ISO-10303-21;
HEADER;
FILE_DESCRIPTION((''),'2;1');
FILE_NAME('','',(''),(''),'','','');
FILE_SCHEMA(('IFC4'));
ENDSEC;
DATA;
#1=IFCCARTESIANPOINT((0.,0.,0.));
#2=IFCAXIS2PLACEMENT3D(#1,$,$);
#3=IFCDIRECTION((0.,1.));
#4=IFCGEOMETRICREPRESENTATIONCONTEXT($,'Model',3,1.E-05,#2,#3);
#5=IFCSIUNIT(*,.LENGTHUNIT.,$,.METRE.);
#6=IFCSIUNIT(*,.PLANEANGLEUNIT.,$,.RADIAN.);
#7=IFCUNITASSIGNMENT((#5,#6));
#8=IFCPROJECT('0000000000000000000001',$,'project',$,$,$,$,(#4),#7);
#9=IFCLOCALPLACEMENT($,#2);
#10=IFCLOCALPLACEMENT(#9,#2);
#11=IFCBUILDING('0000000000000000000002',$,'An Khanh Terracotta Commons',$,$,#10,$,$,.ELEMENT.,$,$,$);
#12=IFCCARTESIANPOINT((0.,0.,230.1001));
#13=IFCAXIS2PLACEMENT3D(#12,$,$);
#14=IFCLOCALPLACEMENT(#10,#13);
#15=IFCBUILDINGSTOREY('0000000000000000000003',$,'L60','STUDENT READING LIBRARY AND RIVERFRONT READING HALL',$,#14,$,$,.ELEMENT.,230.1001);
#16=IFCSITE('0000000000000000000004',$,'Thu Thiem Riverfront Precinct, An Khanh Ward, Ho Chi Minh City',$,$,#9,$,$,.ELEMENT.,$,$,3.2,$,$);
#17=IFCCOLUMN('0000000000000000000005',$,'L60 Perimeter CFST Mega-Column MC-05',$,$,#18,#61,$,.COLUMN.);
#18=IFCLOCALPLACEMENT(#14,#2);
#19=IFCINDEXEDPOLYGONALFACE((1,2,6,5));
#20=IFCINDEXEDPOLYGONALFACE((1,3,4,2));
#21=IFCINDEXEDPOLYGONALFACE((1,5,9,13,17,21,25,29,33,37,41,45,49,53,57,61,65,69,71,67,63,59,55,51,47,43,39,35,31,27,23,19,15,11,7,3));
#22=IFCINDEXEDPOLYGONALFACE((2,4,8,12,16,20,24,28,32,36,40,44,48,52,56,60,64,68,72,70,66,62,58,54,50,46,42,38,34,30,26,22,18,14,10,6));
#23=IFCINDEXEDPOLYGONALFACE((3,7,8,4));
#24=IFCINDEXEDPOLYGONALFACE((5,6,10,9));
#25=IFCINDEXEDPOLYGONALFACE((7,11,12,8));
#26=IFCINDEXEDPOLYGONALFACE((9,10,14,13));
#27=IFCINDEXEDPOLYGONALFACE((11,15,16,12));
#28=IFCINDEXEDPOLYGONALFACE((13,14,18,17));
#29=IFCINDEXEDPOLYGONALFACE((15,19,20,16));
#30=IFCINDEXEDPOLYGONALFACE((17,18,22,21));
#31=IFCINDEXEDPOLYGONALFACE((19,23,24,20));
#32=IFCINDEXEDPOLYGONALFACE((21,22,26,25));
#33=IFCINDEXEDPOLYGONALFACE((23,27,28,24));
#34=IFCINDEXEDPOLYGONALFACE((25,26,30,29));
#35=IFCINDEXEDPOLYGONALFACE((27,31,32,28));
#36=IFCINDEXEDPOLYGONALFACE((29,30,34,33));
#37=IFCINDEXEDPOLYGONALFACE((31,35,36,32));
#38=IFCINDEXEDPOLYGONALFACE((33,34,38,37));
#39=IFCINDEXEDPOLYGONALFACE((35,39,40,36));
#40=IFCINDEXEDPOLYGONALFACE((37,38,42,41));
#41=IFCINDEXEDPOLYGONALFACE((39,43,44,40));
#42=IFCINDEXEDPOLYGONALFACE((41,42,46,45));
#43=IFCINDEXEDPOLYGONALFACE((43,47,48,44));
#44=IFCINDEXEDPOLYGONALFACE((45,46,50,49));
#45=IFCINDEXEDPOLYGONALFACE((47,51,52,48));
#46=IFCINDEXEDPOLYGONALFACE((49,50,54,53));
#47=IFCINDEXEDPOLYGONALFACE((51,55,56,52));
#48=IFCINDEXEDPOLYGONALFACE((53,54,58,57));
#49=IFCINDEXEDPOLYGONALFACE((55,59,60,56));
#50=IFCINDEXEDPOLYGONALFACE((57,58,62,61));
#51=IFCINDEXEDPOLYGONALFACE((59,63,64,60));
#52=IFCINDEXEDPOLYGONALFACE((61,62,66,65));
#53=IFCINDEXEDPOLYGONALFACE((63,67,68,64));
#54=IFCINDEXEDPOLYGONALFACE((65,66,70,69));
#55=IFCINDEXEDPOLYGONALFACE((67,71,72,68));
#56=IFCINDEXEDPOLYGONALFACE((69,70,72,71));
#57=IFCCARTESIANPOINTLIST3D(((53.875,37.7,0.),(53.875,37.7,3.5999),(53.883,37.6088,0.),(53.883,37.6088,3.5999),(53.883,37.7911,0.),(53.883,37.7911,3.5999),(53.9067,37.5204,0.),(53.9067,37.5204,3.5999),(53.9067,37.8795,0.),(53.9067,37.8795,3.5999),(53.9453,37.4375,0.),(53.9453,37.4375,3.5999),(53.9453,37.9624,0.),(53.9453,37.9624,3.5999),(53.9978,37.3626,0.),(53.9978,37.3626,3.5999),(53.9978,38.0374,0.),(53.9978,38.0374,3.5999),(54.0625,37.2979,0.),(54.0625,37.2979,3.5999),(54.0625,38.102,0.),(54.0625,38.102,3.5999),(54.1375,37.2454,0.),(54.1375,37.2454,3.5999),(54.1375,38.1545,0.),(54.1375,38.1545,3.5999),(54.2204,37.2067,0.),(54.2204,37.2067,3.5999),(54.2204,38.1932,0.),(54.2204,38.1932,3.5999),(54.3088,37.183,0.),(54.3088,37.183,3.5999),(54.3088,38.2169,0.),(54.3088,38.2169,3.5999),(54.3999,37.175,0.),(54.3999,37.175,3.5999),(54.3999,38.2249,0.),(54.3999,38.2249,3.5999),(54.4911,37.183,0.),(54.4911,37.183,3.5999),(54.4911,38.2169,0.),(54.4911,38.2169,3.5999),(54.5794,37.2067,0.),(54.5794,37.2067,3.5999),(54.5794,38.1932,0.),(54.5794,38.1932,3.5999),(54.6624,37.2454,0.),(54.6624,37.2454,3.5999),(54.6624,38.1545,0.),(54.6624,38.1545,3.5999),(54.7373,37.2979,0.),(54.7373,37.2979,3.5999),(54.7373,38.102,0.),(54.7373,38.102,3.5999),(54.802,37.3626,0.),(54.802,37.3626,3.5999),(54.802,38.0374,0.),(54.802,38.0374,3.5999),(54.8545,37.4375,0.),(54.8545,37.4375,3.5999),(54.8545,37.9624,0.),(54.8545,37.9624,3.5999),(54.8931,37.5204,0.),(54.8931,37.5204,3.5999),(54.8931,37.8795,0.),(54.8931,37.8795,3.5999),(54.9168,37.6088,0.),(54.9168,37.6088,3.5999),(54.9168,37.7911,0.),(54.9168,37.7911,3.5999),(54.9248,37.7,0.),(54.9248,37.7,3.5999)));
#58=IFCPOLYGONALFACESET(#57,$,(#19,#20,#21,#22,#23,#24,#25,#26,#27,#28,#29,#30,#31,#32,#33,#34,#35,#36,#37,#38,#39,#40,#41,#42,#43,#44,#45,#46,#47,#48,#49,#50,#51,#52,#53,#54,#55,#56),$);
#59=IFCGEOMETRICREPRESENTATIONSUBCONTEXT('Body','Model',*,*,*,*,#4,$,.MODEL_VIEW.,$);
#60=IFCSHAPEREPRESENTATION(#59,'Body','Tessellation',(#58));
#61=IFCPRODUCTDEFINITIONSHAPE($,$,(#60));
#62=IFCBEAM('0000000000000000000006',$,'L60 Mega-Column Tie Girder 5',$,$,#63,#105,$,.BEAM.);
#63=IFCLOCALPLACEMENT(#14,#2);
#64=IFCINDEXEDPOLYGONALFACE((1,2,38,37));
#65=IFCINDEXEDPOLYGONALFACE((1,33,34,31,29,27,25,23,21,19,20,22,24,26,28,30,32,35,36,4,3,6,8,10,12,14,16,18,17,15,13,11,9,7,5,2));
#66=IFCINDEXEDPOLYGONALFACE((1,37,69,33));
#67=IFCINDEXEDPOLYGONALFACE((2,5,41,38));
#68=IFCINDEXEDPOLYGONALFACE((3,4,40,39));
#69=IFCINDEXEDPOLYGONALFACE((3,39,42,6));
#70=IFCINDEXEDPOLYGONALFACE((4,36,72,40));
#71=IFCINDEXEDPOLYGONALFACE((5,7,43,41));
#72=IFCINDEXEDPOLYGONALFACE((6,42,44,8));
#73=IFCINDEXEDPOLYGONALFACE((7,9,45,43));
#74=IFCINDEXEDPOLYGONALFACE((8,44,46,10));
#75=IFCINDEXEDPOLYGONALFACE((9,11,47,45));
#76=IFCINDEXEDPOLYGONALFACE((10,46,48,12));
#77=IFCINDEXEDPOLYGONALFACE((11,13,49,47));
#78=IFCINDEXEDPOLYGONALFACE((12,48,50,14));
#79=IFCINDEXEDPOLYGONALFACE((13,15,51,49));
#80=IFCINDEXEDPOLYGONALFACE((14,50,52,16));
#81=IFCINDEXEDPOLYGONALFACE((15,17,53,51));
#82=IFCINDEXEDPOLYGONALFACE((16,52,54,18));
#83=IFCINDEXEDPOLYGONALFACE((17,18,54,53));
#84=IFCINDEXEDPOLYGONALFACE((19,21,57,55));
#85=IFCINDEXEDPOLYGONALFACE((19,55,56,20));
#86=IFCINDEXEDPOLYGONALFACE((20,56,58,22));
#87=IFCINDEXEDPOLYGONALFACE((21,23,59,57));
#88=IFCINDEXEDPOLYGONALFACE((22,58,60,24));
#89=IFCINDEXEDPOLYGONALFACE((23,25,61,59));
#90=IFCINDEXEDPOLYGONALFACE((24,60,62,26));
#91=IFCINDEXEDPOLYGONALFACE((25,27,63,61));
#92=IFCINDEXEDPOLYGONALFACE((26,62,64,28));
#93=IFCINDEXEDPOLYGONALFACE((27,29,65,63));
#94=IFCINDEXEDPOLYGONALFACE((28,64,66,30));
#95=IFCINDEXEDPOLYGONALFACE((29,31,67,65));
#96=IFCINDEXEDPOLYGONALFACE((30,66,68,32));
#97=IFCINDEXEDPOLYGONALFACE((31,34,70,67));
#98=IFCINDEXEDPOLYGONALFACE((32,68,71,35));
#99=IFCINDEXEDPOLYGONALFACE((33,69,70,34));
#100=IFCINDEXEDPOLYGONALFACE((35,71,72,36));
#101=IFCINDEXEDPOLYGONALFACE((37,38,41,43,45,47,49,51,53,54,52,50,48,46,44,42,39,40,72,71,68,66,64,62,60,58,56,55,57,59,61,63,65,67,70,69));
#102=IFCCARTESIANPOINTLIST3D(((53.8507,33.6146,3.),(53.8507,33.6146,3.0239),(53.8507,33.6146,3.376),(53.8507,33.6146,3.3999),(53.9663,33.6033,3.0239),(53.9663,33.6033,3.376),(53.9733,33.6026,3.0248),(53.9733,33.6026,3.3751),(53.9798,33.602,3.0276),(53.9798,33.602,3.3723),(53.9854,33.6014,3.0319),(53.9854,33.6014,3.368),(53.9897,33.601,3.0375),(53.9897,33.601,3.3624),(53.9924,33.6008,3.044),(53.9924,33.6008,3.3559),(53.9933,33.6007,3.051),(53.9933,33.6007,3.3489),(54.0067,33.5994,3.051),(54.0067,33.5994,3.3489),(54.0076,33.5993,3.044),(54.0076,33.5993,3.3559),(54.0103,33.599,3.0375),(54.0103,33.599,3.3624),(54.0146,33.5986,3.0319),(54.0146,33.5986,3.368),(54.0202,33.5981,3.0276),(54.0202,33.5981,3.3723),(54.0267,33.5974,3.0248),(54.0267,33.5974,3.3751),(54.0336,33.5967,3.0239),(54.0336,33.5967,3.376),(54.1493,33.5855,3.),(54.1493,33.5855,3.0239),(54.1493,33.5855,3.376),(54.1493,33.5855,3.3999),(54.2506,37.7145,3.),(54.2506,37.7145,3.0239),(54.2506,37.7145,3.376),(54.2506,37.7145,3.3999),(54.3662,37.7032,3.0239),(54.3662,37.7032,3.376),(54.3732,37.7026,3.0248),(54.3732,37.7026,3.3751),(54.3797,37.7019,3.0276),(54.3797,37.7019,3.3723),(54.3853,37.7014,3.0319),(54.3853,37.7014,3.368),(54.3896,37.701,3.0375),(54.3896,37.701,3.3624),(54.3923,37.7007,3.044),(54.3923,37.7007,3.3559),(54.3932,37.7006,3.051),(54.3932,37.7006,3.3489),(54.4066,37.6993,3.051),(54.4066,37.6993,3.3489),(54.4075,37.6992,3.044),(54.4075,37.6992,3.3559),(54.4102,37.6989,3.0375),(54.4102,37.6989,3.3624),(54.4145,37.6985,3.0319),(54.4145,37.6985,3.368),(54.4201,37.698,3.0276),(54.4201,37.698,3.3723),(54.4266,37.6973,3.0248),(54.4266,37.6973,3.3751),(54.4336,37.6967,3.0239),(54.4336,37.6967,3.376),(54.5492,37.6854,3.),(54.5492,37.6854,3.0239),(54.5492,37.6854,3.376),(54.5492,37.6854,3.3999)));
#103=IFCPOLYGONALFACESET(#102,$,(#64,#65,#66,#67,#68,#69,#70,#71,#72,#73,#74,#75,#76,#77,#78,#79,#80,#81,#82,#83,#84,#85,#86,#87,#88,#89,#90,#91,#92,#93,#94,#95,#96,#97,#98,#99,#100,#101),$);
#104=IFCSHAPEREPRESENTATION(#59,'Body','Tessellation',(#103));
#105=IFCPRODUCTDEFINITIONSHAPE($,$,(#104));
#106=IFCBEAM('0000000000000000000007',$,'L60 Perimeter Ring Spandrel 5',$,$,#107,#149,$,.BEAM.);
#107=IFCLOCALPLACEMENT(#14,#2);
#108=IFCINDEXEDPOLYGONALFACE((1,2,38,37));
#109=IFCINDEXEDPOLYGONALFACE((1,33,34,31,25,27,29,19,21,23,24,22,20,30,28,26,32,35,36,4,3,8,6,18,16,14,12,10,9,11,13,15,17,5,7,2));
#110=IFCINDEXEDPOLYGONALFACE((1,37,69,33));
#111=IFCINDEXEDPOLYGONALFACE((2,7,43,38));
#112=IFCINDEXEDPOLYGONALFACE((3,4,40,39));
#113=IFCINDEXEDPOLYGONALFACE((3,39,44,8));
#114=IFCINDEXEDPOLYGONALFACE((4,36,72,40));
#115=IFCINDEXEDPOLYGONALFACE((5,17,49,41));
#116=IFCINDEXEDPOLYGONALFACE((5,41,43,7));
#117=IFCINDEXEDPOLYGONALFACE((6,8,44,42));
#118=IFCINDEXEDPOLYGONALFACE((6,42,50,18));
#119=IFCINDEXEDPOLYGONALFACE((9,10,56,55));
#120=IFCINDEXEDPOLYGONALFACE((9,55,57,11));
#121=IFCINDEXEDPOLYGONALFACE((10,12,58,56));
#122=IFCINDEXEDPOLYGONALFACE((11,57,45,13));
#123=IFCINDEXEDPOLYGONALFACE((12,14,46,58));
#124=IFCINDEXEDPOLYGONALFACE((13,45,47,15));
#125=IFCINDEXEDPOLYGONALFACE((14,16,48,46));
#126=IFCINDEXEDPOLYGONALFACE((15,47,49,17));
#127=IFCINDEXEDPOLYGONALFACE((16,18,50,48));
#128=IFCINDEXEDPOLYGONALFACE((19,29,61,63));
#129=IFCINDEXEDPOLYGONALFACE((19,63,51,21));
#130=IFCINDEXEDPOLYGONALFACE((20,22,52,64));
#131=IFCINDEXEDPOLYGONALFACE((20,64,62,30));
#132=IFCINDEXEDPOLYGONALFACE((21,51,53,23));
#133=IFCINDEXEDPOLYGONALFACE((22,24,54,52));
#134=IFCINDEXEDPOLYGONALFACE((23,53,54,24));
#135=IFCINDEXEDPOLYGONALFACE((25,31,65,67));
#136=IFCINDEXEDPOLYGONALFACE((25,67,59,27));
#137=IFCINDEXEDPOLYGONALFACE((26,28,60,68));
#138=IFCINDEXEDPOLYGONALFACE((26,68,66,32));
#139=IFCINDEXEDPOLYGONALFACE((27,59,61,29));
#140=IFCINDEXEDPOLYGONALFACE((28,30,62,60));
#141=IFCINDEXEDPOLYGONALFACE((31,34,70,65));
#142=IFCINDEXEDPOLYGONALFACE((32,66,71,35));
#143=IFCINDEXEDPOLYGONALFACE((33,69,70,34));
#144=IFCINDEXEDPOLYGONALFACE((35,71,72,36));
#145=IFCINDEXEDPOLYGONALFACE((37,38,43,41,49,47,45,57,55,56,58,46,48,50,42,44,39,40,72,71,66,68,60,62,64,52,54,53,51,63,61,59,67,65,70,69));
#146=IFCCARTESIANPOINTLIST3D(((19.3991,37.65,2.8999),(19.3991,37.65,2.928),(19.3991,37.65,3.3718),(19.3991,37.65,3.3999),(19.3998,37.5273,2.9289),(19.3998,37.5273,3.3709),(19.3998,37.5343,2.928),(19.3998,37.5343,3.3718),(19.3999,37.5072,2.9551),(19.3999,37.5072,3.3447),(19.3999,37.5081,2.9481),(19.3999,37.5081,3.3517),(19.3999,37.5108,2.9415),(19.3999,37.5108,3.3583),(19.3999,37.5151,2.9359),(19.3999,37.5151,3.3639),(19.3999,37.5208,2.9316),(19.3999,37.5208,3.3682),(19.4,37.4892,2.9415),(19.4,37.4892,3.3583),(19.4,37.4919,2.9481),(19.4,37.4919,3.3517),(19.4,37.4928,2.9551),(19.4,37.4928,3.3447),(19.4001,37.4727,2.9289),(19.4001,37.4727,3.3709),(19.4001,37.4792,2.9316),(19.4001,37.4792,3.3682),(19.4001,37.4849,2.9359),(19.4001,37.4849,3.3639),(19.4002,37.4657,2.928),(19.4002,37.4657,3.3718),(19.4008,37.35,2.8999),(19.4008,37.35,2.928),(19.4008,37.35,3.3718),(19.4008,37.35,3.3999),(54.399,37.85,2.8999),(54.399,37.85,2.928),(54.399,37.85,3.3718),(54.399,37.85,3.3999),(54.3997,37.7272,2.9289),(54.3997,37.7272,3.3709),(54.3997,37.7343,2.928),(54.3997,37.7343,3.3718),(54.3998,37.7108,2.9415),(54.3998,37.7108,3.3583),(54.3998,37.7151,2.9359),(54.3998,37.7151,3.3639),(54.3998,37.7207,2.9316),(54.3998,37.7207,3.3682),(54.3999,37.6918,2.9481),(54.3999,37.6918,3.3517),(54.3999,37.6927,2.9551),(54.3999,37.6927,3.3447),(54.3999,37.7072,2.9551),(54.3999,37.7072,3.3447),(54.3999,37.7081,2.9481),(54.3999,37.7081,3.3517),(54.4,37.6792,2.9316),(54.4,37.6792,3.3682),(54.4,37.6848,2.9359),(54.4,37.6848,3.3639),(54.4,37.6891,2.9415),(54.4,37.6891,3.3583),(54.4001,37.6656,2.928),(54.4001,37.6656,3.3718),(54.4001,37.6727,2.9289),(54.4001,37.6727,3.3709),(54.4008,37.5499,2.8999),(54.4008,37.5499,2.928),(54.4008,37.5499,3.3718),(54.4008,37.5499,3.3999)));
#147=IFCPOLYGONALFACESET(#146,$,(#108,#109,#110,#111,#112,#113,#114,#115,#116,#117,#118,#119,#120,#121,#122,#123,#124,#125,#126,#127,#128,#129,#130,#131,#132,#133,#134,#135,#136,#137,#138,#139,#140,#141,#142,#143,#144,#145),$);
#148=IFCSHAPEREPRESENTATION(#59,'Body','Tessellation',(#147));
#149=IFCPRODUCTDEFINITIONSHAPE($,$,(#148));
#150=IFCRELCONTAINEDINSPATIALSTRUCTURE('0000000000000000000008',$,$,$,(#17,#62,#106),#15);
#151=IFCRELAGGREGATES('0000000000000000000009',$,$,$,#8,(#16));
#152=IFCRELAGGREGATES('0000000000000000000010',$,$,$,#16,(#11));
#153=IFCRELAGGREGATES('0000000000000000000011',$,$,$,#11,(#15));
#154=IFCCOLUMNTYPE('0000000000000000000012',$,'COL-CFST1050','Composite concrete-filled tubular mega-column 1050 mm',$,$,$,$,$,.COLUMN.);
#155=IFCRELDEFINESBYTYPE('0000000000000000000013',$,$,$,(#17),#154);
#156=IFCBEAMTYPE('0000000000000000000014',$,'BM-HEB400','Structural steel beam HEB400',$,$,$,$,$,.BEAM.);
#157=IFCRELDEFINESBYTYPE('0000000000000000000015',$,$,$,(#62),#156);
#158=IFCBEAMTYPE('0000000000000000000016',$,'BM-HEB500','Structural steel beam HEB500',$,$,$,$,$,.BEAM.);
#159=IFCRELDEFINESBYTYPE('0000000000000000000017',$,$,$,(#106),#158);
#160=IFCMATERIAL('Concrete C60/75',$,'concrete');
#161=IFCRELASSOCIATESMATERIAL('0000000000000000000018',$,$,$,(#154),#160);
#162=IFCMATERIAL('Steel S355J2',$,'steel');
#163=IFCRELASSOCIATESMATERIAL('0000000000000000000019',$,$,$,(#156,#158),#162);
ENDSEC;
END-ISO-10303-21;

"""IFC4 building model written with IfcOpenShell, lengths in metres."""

from ifc_helpers import new_model, si_unit, direction, frame, origin, origin_2d, place, context, subcontext, project, spatial, circle, i_section, extrude, material, material_profile, profile_set, type_object, element, save


model = new_model("IFC4")

# Units and contexts
model_context = context("Model", 3, precision=1e-05, world=origin(), true_north=direction((0.0, 1.0)))
body_context = subcontext(model_context, "Body", "Model", "MODEL_VIEW")
ifc_project = project(units=[si_unit("LENGTHUNIT", "METRE"), si_unit("PLANEANGLEUNIT", "RADIAN")], contexts=[model_context])

# Site, building, storey
site_placement = place(None, origin())
site = spatial("IfcSite", under=ifc_project, at=site_placement, Name="Thu Thiem Riverfront Precinct, An Khanh Ward, Ho Chi Minh City", CompositionType="ELEMENT", RefElevation=3.2)
building_placement = place(site_placement, origin())
building = spatial("IfcBuilding", under=site, at=building_placement, Name="An Khanh Terracotta Commons", CompositionType="ELEMENT")
storey_placement = place(building_placement, frame((0.0, 0.0, 230.1001)))
storey = spatial("IfcBuildingStorey", under=building, at=storey_placement, Name="L60", Description="STUDENT READING LIBRARY AND RIVERFRONT READING HALL", CompositionType="ELEMENT", Elevation=230.1001)

# Column
ifc_material_1 = material(Name="Concrete C60/75", Category="concrete")
ifc_material_profile_1 = material_profile(ifc_material_1, circle(Radius=0.5249, at=origin_2d()), Name="CFST1050")
ifc_profile_set_1 = profile_set([ifc_material_profile_1], Name="Concrete C60/75")
column_type = type_object("IfcColumnType", Name="COL-CFST1050", Description="Composite concrete-filled tubular mega-column 1050 mm", PredefinedType="COLUMN", material=ifc_profile_set_1)
column_placement = place(storey_placement, frame((54.3999, 37.7, 0.0), z_axis=(0.0, 0.0, 1.0), x_axis=(1.0, 0.0, 0.0)))
element("IfcColumn", 1, at=column_placement, inside=storey, type_object=column_type, Name="L60 Perimeter CFST Mega-Column MC-05", PredefinedType="COLUMN", context=body_context, shape_type="SweptSolid", body=[
    extrude(circle(Radius=0.5249, at=origin_2d()), origin(), (0.0, 0.0, 1.0), 3.5999),
])

# Beams
ifc_material_2 = material(Name="Steel S355J2", Category="steel")
ifc_material_profile_2 = material_profile(ifc_material_2, i_section(OverallWidth=0.3, OverallDepth=0.3999, WebThickness=0.0134, FlangeThickness=0.0239, FilletRadius=0.0271, at=origin_2d()), Name="HEB400")
ifc_profile_set_2 = profile_set([ifc_material_profile_2], Name="Steel S355J2")
beam_type_1 = type_object("IfcBeamType", Name="BM-HEB400", Description="Structural steel beam HEB400", PredefinedType="BEAM", material=ifc_profile_set_2)
beam_1_placement = place(storey_placement, frame((54.3999, 37.7, 3.2), z_axis=(-0.09708, -0.995277, 0.0), x_axis=(0.995277, -0.09708, 0.0)))
element("IfcBeam", 2, at=beam_1_placement, inside=storey, type_object=beam_type_1, Name="L60 Mega-Column Tie Girder 5", PredefinedType="BEAM", context=body_context, shape_type="SweptSolid", body=[
    extrude(i_section(OverallWidth=0.3, OverallDepth=0.3999, WebThickness=0.0134, FlangeThickness=0.0239, FilletRadius=0.0271, at=origin_2d()), origin(), (0.0, 0.0, 1.0), 4.1194),
])
ifc_material_profile_3 = material_profile(ifc_material_2, i_section(OverallWidth=0.3, OverallDepth=0.5, WebThickness=0.0144, FlangeThickness=0.0281, FilletRadius=0.0271, at=origin_2d()), Name="HEB500")
ifc_profile_set_3 = profile_set([ifc_material_profile_3], Name="Steel S355J2")
beam_type_2 = type_object("IfcBeamType", Name="BM-HEB500", Description="Structural steel beam HEB500", PredefinedType="BEAM", material=ifc_profile_set_3)
beam_2_placement = place(storey_placement, frame((54.3999, 37.7, 3.1499), z_axis=(-0.999984, -0.005713, 0.0), x_axis=(0.005713, -0.999984, 0.0)))
element("IfcBeam", 3, at=beam_2_placement, inside=storey, type_object=beam_type_2, Name="L60 Perimeter Ring Spandrel 5", PredefinedType="BEAM", context=body_context, shape_type="SweptSolid", body=[
    extrude(i_section(OverallWidth=0.3, OverallDepth=0.5, WebThickness=0.0144, FlangeThickness=0.0281, FilletRadius=0.0271, at=origin_2d()), origin(), (0.0, 0.0, 1.0), 35.0005),
])

save(model, "model.ifc")
